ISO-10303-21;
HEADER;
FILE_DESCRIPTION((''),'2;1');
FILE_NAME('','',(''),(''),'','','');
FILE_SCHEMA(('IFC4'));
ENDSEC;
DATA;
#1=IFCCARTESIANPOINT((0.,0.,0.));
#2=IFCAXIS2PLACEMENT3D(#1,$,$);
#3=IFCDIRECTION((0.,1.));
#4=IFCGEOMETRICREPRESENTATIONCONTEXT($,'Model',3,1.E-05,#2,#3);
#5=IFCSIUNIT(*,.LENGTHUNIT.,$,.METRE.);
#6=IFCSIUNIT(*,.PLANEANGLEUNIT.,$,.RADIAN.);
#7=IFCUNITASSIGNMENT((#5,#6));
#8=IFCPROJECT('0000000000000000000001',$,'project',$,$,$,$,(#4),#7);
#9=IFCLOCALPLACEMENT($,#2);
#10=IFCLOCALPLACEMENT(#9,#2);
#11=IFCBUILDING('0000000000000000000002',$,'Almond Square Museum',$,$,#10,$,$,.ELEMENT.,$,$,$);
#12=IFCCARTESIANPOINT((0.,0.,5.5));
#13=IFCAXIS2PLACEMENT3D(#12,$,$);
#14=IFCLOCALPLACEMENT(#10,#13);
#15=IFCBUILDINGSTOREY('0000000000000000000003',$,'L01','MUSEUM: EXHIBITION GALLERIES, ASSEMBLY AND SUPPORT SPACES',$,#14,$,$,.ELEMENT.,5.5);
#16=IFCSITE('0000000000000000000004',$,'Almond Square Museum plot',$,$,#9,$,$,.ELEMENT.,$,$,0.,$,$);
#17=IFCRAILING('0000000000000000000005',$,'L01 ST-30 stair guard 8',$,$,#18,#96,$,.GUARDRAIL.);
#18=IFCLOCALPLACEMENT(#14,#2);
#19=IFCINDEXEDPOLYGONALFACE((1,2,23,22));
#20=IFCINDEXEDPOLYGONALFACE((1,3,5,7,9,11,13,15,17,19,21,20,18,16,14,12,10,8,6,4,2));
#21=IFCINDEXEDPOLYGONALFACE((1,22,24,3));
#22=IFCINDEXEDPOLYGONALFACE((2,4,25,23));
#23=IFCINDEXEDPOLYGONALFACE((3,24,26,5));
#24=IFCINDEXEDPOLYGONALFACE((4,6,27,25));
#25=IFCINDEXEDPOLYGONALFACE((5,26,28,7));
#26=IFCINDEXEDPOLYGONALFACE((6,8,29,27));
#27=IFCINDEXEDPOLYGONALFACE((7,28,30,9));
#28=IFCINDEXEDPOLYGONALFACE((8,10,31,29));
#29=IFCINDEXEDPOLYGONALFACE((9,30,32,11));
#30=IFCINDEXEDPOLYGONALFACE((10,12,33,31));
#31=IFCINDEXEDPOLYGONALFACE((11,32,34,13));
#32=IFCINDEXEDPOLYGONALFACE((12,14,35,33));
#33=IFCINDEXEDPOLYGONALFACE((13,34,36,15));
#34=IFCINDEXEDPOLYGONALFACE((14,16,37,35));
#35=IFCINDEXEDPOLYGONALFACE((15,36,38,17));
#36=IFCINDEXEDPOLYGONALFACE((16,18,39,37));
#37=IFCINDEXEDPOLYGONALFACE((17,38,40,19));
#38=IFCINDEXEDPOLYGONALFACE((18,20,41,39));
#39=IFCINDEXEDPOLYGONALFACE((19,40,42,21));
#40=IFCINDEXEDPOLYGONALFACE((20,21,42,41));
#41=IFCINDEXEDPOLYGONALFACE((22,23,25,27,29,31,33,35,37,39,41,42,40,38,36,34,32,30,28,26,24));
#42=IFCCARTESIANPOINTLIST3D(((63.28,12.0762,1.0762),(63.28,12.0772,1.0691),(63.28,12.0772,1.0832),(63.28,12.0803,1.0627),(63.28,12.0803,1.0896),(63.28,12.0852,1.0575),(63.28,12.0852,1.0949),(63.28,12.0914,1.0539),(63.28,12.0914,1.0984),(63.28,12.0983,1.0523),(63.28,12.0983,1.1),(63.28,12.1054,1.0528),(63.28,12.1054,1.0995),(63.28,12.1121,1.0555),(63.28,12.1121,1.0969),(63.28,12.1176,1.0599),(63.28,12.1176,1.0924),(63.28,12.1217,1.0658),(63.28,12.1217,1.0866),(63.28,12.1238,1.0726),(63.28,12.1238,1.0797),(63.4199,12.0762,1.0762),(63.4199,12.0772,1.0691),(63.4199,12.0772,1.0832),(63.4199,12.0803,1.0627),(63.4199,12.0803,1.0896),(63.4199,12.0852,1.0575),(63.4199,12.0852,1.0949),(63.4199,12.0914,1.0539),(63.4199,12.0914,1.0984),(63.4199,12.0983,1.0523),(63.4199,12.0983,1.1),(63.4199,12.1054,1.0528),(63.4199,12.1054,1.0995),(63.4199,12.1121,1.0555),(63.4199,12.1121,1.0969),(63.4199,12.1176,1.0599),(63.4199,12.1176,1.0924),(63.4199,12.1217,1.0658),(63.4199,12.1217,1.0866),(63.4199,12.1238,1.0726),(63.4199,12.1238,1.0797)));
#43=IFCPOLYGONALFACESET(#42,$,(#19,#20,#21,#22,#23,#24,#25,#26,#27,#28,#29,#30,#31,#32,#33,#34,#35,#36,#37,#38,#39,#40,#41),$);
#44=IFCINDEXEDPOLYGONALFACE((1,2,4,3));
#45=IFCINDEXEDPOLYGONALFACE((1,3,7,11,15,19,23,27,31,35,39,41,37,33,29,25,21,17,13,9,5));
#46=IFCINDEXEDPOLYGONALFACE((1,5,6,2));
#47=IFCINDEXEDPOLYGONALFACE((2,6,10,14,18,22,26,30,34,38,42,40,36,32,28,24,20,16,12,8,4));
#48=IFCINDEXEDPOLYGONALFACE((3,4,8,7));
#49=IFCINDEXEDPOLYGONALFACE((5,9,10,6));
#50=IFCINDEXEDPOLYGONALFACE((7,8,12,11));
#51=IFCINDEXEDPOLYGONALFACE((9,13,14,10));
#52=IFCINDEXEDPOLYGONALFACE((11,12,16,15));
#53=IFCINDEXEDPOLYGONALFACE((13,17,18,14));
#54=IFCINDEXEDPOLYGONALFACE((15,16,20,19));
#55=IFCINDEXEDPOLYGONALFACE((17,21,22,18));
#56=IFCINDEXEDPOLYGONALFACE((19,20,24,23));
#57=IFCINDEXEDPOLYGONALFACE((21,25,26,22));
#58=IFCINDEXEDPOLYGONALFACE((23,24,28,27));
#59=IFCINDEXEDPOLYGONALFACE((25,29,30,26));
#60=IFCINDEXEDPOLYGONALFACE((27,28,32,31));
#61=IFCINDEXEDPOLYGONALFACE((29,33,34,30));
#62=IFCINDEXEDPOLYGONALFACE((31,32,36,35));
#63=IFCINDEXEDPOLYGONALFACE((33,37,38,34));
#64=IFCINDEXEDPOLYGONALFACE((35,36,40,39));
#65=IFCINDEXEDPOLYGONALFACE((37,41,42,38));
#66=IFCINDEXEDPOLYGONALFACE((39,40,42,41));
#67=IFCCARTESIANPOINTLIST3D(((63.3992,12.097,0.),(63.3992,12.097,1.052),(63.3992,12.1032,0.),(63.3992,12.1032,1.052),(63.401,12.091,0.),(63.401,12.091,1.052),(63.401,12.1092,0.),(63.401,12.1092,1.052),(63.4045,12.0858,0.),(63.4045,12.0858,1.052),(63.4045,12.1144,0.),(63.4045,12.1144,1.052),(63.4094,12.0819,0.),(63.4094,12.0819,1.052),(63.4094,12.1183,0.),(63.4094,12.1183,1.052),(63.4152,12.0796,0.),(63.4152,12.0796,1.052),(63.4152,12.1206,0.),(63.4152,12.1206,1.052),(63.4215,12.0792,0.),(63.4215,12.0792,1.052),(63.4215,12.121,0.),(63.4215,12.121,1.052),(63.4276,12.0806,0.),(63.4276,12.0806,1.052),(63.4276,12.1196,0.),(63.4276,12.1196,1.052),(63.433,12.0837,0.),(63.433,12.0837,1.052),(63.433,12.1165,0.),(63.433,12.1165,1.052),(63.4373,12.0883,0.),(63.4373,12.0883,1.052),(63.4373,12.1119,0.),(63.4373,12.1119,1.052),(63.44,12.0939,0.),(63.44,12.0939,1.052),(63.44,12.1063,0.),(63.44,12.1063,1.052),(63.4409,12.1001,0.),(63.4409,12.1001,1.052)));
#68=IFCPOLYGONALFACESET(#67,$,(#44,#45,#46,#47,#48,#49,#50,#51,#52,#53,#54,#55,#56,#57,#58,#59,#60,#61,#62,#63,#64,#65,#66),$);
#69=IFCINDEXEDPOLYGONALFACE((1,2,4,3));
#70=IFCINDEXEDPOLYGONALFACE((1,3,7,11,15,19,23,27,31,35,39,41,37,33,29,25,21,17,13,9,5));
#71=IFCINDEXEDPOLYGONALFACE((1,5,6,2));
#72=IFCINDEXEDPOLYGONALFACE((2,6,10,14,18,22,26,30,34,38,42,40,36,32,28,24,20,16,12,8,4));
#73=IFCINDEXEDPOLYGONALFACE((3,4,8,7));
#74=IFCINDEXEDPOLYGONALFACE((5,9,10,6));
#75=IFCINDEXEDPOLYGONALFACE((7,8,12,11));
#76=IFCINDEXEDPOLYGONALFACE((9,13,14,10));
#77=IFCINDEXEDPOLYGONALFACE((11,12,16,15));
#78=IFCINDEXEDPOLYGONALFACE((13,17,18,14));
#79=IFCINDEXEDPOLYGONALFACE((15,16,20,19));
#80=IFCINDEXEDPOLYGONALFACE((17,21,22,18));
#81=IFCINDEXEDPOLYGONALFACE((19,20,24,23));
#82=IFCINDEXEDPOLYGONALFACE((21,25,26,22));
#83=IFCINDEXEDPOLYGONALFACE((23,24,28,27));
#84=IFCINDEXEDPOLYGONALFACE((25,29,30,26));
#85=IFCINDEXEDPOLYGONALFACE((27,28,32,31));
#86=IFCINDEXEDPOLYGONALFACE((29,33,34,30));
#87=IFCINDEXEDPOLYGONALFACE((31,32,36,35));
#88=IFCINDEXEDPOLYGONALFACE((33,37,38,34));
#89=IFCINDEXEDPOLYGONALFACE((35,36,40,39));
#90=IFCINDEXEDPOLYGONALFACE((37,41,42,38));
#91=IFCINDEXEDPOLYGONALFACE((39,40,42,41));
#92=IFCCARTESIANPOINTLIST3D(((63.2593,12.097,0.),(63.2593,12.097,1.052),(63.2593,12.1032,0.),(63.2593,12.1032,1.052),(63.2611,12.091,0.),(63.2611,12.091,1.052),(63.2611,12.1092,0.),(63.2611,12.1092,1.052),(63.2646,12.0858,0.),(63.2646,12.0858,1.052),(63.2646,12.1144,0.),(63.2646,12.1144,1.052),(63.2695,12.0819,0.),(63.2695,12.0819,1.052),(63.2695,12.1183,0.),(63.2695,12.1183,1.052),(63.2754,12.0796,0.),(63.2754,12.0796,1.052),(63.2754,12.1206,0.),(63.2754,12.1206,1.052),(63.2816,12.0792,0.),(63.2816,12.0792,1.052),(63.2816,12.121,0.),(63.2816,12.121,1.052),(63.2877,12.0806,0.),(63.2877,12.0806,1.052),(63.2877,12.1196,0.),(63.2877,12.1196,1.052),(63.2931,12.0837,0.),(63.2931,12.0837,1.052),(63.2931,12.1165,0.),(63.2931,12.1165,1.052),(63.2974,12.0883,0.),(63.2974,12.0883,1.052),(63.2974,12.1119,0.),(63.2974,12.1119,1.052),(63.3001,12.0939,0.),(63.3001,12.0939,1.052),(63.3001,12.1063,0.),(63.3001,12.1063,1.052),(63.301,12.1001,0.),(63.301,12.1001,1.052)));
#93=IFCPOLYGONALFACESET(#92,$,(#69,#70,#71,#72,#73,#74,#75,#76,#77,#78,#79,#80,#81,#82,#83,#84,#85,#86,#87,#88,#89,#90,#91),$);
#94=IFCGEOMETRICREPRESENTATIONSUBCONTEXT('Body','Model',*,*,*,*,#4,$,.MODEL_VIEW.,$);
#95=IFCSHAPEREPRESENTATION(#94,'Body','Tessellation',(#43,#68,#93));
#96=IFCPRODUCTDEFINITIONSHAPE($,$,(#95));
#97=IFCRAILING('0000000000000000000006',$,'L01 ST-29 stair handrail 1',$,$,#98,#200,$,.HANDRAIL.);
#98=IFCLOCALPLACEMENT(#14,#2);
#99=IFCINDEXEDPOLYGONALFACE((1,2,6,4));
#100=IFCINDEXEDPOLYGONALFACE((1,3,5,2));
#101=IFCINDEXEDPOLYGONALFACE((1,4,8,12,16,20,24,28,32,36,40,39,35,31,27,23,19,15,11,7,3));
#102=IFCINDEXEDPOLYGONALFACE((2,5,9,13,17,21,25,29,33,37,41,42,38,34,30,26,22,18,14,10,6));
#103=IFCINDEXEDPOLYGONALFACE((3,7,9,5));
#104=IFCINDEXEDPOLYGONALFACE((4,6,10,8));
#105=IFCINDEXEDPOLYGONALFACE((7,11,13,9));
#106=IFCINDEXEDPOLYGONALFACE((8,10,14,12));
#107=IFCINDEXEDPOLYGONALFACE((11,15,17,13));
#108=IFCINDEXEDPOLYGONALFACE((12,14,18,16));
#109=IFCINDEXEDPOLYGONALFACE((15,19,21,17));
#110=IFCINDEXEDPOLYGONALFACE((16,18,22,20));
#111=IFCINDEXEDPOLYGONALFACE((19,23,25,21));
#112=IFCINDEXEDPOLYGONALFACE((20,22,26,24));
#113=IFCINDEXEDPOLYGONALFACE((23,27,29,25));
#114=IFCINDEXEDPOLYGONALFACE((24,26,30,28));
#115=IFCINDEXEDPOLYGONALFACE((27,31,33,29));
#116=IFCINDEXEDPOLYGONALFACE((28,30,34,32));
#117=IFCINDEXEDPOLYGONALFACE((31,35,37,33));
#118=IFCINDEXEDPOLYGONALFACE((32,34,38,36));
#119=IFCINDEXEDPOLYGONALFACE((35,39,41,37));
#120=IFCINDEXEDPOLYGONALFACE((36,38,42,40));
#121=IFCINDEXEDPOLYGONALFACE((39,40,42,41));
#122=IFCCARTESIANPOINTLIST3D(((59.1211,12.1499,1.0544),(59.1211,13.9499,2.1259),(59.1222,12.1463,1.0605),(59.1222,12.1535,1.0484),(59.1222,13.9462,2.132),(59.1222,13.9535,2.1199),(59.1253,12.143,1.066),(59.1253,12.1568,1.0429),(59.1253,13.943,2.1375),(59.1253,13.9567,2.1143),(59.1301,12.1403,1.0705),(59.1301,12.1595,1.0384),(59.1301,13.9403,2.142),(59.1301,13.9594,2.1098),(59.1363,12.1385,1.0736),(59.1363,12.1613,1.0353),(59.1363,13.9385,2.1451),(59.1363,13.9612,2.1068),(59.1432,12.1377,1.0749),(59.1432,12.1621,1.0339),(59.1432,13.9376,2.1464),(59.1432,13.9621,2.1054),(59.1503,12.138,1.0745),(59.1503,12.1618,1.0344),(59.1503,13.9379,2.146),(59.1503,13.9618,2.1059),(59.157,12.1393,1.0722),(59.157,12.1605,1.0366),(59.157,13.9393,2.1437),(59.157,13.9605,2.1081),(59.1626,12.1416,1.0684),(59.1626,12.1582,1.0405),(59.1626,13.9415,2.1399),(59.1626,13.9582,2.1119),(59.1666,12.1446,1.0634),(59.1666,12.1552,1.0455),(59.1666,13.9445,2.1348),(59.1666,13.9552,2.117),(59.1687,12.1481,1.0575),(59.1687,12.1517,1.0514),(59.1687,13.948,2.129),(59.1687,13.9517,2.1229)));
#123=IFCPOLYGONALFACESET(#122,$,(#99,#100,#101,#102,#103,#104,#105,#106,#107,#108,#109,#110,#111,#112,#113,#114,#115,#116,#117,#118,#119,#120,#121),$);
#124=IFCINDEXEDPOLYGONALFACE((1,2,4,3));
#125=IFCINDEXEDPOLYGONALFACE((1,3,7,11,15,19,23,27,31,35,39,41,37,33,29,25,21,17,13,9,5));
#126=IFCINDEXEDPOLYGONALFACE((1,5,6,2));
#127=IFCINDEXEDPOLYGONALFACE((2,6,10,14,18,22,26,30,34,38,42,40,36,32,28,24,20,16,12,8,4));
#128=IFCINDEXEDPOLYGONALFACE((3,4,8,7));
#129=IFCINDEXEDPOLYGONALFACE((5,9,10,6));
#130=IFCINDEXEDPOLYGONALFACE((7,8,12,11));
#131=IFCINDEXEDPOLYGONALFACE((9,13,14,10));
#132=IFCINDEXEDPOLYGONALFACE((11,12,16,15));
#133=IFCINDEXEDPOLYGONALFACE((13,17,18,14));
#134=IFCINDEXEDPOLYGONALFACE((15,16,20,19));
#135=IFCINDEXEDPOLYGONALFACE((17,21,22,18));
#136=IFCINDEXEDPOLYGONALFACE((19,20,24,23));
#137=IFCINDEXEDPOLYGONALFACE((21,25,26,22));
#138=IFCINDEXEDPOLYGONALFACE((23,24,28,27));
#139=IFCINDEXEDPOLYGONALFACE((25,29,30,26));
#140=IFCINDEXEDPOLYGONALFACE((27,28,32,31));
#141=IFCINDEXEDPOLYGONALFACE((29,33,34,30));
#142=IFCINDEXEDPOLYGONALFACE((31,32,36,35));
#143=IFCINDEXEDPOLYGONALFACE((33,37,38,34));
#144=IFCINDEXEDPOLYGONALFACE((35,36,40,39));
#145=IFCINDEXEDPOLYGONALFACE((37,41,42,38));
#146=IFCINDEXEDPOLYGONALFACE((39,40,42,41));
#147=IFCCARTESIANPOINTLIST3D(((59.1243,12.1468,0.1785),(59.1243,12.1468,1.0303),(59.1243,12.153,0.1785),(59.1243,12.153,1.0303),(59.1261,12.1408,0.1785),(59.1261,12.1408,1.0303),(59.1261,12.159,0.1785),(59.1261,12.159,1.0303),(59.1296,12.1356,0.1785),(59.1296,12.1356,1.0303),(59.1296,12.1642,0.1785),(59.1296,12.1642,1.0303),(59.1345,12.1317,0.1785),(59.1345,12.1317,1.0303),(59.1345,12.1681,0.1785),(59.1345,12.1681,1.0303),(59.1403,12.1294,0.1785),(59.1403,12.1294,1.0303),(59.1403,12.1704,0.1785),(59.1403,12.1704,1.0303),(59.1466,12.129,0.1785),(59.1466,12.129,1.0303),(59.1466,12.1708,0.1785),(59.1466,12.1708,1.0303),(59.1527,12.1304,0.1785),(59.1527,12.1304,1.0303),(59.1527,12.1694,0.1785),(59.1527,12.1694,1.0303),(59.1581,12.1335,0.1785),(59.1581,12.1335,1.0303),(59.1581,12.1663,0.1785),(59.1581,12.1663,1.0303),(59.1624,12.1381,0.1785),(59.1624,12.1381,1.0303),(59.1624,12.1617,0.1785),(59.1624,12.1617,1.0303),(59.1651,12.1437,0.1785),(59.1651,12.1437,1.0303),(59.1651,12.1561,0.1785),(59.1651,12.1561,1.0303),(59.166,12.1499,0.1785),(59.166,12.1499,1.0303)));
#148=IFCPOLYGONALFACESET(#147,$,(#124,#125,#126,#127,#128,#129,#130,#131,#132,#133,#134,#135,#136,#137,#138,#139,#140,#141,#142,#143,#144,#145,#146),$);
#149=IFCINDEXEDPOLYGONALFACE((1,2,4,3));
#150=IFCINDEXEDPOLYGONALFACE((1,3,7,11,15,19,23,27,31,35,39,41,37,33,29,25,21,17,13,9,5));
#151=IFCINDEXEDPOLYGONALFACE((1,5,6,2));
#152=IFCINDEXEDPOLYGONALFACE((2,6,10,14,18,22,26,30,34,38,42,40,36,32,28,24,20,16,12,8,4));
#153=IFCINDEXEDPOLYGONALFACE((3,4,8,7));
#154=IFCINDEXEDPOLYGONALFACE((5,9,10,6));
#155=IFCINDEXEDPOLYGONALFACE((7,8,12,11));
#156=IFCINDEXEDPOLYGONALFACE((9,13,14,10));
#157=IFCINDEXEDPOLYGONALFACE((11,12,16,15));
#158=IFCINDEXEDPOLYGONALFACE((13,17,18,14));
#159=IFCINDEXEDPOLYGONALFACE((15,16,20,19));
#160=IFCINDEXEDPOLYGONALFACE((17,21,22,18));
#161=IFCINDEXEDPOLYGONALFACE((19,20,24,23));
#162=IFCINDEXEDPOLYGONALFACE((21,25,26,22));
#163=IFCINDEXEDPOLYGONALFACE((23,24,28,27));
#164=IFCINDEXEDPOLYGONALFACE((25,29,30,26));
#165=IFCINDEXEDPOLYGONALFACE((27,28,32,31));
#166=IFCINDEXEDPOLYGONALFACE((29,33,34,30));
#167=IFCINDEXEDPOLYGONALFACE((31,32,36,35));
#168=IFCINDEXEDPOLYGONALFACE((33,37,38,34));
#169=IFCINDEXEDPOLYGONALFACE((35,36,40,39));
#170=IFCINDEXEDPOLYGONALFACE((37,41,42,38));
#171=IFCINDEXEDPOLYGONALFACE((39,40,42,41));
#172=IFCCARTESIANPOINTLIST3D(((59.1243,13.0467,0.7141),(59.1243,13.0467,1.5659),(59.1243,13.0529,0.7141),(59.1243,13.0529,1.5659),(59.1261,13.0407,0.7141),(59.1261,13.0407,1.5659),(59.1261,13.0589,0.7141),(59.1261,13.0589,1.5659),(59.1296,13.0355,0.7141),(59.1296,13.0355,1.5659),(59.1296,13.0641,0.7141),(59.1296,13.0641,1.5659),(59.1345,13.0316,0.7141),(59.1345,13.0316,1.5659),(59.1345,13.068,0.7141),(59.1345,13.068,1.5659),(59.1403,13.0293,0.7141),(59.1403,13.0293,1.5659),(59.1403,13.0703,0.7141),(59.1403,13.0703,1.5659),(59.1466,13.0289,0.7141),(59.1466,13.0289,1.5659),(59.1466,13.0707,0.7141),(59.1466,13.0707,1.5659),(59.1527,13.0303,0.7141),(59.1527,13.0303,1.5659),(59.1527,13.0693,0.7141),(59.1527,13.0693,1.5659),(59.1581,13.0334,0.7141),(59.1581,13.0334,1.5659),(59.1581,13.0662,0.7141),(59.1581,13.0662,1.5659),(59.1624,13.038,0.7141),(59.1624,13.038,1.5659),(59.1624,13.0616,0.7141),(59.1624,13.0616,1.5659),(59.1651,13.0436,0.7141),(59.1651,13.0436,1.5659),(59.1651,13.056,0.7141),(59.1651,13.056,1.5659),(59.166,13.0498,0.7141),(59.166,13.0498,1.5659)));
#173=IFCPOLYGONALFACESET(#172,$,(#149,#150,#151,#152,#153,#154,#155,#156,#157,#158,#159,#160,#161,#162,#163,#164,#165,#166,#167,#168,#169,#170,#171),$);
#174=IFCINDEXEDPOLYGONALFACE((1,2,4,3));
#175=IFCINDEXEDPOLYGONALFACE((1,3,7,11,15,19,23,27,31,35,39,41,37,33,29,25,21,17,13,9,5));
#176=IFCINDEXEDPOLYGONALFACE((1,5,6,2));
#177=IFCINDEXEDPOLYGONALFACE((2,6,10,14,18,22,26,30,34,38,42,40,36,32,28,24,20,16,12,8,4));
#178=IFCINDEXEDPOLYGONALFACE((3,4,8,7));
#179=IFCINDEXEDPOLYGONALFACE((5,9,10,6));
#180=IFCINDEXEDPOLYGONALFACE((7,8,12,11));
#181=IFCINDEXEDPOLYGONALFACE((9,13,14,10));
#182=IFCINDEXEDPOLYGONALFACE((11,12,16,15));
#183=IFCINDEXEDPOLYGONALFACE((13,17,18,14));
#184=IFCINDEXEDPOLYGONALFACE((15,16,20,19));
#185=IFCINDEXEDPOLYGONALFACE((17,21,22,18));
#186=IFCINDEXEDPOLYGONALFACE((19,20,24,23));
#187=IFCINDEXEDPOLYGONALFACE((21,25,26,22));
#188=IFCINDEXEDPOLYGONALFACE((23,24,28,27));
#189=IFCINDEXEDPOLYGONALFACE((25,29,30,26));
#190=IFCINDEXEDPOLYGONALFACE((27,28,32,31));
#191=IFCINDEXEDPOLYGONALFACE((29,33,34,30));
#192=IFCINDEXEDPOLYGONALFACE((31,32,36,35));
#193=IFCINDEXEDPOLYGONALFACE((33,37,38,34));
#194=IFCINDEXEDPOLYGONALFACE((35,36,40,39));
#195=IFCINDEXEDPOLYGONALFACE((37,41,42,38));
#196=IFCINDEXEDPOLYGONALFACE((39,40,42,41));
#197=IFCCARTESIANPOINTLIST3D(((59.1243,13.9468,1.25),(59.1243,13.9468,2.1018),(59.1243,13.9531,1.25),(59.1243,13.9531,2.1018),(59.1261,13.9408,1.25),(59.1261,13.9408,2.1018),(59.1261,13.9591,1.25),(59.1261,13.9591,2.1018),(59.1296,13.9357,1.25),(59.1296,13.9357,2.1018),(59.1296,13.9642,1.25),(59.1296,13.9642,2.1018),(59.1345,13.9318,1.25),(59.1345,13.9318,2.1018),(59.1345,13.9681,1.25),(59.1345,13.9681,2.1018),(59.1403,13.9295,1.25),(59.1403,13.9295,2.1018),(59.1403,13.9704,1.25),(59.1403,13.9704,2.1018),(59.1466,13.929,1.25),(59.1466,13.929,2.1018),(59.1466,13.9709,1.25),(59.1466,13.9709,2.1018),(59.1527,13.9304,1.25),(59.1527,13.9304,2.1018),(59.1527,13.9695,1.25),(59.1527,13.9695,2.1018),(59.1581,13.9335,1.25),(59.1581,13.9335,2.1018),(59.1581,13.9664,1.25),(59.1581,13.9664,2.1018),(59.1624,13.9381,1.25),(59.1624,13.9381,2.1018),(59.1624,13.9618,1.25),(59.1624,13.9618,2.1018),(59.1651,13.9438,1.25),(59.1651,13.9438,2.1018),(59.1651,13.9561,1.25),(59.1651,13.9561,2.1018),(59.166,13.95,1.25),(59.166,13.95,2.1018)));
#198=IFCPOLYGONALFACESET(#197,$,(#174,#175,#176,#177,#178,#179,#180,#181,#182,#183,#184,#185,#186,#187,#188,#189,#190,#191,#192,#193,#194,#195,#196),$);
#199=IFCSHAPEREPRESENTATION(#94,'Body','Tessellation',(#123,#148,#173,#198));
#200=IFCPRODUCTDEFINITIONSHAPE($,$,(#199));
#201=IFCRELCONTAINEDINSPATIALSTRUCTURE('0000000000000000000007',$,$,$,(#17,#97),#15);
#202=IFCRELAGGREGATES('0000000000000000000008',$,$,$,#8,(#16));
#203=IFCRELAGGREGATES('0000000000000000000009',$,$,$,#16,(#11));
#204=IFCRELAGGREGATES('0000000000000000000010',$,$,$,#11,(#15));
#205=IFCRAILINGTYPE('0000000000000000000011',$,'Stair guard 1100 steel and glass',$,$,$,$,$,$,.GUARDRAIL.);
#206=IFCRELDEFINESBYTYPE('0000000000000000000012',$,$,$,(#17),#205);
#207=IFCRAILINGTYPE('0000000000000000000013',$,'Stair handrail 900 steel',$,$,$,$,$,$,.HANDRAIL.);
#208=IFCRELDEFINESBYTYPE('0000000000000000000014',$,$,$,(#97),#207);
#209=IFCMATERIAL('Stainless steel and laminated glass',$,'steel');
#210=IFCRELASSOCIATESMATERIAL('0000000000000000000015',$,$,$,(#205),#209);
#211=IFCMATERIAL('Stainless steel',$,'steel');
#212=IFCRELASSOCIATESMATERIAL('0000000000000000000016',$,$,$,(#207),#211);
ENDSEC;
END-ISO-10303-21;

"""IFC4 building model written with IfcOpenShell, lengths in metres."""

from ifc_helpers import new_model, si_unit, direction, frame, origin, origin_2d, place, context, subcontext, project, spatial, circle, extrude, material, type_object, element, save


model = new_model("IFC4")

# Units and contexts
model_context = context("Model", 3, precision=1e-05, world=origin(), true_north=direction((0.0, 1.0)))
body_context = subcontext(model_context, "Body", "Model", "MODEL_VIEW")
ifc_project = project(units=[si_unit("LENGTHUNIT", "METRE"), si_unit("PLANEANGLEUNIT", "RADIAN")], contexts=[model_context])

# Site, building, storey
site_placement = place(None, origin())
site = spatial("IfcSite", under=ifc_project, at=site_placement, Name="Almond Square Museum plot", CompositionType="ELEMENT", RefElevation=0.0)
building_placement = place(site_placement, origin())
building = spatial("IfcBuilding", under=site, at=building_placement, Name="Almond Square Museum", CompositionType="ELEMENT")
storey_placement = place(building_placement, frame((0.0, 0.0, 5.5)))
storey = spatial("IfcBuildingStorey", under=building, at=storey_placement, Name="L01", Description="MUSEUM: EXHIBITION GALLERIES, ASSEMBLY AND SUPPORT SPACES", CompositionType="ELEMENT", Elevation=5.5)

# Railings
ifc_material_1 = material(Name="Stainless steel and laminated glass", Category="steel")
railing_type_1 = type_object("IfcRailingType", Name="Stair guard 1100 steel and glass", PredefinedType="GUARDRAIL", material=ifc_material_1)
for number, where, name in (
    (1, (63.4199, 12.1001, 0.0), "L01 ST-30 stair guard 8"),
):
    element("IfcRailing", number, at=place(storey_placement, frame(where)), inside=storey, type_object=railing_type_1, Name=name, PredefinedType="GUARDRAIL", context=body_context, shape_type="SweptSolid", body=[
        extrude(circle(Radius=0.0239, at=origin_2d()), frame((0.0, 0.0, 1.0762), z_axis=(-1.0, 0.0, 0.0), x_axis=(0.0, -1.0, 0.0)), (0.0, 0.0, 1.0), 0.1399),
        extrude(circle(Radius=0.021, at=origin_2d()), origin(), (0.0, 0.0, 1.0), 1.052),
        extrude(circle(Radius=0.021, at=origin_2d()), frame((-0.1399, 0.0, 0.0)), (0.0, 0.0, 1.0), 1.052),
    ])
ifc_material_2 = material(Name="Stainless steel", Category="steel")
railing_type_2 = type_object("IfcRailingType", Name="Stair handrail 900 steel", PredefinedType="HANDRAIL", material=ifc_material_2)
railing_1_placement = place(storey_placement, frame((59.145, 12.1499, 0.1785)))
element("IfcRailing", 2, at=railing_1_placement, inside=storey, type_object=railing_type_2, Name="L01 ST-29 stair handrail 1", PredefinedType="HANDRAIL", context=body_context, shape_type="SweptSolid", body=[
    extrude(circle(Radius=0.0239, at=origin_2d()), frame((0.0, 0.0, 0.876), z_axis=(0.0, 0.859277, 0.51151), x_axis=(-1.0, 0.0, 0.0)), (0.0, 0.0, 1.0), 2.0947),
    extrude(circle(Radius=0.021, at=origin_2d()), origin(), (0.0, 0.0, 1.0), 0.8518),
    extrude(circle(Radius=0.021, at=origin_2d()), frame((0.0, 0.8999, 0.5356)), (0.0, 0.0, 1.0), 0.8518),
    extrude(circle(Radius=0.021, at=origin_2d()), frame((0.0, 1.8, 1.0715)), (0.0, 0.0, 1.0), 0.8518),
])

save(model, "model.ifc")
